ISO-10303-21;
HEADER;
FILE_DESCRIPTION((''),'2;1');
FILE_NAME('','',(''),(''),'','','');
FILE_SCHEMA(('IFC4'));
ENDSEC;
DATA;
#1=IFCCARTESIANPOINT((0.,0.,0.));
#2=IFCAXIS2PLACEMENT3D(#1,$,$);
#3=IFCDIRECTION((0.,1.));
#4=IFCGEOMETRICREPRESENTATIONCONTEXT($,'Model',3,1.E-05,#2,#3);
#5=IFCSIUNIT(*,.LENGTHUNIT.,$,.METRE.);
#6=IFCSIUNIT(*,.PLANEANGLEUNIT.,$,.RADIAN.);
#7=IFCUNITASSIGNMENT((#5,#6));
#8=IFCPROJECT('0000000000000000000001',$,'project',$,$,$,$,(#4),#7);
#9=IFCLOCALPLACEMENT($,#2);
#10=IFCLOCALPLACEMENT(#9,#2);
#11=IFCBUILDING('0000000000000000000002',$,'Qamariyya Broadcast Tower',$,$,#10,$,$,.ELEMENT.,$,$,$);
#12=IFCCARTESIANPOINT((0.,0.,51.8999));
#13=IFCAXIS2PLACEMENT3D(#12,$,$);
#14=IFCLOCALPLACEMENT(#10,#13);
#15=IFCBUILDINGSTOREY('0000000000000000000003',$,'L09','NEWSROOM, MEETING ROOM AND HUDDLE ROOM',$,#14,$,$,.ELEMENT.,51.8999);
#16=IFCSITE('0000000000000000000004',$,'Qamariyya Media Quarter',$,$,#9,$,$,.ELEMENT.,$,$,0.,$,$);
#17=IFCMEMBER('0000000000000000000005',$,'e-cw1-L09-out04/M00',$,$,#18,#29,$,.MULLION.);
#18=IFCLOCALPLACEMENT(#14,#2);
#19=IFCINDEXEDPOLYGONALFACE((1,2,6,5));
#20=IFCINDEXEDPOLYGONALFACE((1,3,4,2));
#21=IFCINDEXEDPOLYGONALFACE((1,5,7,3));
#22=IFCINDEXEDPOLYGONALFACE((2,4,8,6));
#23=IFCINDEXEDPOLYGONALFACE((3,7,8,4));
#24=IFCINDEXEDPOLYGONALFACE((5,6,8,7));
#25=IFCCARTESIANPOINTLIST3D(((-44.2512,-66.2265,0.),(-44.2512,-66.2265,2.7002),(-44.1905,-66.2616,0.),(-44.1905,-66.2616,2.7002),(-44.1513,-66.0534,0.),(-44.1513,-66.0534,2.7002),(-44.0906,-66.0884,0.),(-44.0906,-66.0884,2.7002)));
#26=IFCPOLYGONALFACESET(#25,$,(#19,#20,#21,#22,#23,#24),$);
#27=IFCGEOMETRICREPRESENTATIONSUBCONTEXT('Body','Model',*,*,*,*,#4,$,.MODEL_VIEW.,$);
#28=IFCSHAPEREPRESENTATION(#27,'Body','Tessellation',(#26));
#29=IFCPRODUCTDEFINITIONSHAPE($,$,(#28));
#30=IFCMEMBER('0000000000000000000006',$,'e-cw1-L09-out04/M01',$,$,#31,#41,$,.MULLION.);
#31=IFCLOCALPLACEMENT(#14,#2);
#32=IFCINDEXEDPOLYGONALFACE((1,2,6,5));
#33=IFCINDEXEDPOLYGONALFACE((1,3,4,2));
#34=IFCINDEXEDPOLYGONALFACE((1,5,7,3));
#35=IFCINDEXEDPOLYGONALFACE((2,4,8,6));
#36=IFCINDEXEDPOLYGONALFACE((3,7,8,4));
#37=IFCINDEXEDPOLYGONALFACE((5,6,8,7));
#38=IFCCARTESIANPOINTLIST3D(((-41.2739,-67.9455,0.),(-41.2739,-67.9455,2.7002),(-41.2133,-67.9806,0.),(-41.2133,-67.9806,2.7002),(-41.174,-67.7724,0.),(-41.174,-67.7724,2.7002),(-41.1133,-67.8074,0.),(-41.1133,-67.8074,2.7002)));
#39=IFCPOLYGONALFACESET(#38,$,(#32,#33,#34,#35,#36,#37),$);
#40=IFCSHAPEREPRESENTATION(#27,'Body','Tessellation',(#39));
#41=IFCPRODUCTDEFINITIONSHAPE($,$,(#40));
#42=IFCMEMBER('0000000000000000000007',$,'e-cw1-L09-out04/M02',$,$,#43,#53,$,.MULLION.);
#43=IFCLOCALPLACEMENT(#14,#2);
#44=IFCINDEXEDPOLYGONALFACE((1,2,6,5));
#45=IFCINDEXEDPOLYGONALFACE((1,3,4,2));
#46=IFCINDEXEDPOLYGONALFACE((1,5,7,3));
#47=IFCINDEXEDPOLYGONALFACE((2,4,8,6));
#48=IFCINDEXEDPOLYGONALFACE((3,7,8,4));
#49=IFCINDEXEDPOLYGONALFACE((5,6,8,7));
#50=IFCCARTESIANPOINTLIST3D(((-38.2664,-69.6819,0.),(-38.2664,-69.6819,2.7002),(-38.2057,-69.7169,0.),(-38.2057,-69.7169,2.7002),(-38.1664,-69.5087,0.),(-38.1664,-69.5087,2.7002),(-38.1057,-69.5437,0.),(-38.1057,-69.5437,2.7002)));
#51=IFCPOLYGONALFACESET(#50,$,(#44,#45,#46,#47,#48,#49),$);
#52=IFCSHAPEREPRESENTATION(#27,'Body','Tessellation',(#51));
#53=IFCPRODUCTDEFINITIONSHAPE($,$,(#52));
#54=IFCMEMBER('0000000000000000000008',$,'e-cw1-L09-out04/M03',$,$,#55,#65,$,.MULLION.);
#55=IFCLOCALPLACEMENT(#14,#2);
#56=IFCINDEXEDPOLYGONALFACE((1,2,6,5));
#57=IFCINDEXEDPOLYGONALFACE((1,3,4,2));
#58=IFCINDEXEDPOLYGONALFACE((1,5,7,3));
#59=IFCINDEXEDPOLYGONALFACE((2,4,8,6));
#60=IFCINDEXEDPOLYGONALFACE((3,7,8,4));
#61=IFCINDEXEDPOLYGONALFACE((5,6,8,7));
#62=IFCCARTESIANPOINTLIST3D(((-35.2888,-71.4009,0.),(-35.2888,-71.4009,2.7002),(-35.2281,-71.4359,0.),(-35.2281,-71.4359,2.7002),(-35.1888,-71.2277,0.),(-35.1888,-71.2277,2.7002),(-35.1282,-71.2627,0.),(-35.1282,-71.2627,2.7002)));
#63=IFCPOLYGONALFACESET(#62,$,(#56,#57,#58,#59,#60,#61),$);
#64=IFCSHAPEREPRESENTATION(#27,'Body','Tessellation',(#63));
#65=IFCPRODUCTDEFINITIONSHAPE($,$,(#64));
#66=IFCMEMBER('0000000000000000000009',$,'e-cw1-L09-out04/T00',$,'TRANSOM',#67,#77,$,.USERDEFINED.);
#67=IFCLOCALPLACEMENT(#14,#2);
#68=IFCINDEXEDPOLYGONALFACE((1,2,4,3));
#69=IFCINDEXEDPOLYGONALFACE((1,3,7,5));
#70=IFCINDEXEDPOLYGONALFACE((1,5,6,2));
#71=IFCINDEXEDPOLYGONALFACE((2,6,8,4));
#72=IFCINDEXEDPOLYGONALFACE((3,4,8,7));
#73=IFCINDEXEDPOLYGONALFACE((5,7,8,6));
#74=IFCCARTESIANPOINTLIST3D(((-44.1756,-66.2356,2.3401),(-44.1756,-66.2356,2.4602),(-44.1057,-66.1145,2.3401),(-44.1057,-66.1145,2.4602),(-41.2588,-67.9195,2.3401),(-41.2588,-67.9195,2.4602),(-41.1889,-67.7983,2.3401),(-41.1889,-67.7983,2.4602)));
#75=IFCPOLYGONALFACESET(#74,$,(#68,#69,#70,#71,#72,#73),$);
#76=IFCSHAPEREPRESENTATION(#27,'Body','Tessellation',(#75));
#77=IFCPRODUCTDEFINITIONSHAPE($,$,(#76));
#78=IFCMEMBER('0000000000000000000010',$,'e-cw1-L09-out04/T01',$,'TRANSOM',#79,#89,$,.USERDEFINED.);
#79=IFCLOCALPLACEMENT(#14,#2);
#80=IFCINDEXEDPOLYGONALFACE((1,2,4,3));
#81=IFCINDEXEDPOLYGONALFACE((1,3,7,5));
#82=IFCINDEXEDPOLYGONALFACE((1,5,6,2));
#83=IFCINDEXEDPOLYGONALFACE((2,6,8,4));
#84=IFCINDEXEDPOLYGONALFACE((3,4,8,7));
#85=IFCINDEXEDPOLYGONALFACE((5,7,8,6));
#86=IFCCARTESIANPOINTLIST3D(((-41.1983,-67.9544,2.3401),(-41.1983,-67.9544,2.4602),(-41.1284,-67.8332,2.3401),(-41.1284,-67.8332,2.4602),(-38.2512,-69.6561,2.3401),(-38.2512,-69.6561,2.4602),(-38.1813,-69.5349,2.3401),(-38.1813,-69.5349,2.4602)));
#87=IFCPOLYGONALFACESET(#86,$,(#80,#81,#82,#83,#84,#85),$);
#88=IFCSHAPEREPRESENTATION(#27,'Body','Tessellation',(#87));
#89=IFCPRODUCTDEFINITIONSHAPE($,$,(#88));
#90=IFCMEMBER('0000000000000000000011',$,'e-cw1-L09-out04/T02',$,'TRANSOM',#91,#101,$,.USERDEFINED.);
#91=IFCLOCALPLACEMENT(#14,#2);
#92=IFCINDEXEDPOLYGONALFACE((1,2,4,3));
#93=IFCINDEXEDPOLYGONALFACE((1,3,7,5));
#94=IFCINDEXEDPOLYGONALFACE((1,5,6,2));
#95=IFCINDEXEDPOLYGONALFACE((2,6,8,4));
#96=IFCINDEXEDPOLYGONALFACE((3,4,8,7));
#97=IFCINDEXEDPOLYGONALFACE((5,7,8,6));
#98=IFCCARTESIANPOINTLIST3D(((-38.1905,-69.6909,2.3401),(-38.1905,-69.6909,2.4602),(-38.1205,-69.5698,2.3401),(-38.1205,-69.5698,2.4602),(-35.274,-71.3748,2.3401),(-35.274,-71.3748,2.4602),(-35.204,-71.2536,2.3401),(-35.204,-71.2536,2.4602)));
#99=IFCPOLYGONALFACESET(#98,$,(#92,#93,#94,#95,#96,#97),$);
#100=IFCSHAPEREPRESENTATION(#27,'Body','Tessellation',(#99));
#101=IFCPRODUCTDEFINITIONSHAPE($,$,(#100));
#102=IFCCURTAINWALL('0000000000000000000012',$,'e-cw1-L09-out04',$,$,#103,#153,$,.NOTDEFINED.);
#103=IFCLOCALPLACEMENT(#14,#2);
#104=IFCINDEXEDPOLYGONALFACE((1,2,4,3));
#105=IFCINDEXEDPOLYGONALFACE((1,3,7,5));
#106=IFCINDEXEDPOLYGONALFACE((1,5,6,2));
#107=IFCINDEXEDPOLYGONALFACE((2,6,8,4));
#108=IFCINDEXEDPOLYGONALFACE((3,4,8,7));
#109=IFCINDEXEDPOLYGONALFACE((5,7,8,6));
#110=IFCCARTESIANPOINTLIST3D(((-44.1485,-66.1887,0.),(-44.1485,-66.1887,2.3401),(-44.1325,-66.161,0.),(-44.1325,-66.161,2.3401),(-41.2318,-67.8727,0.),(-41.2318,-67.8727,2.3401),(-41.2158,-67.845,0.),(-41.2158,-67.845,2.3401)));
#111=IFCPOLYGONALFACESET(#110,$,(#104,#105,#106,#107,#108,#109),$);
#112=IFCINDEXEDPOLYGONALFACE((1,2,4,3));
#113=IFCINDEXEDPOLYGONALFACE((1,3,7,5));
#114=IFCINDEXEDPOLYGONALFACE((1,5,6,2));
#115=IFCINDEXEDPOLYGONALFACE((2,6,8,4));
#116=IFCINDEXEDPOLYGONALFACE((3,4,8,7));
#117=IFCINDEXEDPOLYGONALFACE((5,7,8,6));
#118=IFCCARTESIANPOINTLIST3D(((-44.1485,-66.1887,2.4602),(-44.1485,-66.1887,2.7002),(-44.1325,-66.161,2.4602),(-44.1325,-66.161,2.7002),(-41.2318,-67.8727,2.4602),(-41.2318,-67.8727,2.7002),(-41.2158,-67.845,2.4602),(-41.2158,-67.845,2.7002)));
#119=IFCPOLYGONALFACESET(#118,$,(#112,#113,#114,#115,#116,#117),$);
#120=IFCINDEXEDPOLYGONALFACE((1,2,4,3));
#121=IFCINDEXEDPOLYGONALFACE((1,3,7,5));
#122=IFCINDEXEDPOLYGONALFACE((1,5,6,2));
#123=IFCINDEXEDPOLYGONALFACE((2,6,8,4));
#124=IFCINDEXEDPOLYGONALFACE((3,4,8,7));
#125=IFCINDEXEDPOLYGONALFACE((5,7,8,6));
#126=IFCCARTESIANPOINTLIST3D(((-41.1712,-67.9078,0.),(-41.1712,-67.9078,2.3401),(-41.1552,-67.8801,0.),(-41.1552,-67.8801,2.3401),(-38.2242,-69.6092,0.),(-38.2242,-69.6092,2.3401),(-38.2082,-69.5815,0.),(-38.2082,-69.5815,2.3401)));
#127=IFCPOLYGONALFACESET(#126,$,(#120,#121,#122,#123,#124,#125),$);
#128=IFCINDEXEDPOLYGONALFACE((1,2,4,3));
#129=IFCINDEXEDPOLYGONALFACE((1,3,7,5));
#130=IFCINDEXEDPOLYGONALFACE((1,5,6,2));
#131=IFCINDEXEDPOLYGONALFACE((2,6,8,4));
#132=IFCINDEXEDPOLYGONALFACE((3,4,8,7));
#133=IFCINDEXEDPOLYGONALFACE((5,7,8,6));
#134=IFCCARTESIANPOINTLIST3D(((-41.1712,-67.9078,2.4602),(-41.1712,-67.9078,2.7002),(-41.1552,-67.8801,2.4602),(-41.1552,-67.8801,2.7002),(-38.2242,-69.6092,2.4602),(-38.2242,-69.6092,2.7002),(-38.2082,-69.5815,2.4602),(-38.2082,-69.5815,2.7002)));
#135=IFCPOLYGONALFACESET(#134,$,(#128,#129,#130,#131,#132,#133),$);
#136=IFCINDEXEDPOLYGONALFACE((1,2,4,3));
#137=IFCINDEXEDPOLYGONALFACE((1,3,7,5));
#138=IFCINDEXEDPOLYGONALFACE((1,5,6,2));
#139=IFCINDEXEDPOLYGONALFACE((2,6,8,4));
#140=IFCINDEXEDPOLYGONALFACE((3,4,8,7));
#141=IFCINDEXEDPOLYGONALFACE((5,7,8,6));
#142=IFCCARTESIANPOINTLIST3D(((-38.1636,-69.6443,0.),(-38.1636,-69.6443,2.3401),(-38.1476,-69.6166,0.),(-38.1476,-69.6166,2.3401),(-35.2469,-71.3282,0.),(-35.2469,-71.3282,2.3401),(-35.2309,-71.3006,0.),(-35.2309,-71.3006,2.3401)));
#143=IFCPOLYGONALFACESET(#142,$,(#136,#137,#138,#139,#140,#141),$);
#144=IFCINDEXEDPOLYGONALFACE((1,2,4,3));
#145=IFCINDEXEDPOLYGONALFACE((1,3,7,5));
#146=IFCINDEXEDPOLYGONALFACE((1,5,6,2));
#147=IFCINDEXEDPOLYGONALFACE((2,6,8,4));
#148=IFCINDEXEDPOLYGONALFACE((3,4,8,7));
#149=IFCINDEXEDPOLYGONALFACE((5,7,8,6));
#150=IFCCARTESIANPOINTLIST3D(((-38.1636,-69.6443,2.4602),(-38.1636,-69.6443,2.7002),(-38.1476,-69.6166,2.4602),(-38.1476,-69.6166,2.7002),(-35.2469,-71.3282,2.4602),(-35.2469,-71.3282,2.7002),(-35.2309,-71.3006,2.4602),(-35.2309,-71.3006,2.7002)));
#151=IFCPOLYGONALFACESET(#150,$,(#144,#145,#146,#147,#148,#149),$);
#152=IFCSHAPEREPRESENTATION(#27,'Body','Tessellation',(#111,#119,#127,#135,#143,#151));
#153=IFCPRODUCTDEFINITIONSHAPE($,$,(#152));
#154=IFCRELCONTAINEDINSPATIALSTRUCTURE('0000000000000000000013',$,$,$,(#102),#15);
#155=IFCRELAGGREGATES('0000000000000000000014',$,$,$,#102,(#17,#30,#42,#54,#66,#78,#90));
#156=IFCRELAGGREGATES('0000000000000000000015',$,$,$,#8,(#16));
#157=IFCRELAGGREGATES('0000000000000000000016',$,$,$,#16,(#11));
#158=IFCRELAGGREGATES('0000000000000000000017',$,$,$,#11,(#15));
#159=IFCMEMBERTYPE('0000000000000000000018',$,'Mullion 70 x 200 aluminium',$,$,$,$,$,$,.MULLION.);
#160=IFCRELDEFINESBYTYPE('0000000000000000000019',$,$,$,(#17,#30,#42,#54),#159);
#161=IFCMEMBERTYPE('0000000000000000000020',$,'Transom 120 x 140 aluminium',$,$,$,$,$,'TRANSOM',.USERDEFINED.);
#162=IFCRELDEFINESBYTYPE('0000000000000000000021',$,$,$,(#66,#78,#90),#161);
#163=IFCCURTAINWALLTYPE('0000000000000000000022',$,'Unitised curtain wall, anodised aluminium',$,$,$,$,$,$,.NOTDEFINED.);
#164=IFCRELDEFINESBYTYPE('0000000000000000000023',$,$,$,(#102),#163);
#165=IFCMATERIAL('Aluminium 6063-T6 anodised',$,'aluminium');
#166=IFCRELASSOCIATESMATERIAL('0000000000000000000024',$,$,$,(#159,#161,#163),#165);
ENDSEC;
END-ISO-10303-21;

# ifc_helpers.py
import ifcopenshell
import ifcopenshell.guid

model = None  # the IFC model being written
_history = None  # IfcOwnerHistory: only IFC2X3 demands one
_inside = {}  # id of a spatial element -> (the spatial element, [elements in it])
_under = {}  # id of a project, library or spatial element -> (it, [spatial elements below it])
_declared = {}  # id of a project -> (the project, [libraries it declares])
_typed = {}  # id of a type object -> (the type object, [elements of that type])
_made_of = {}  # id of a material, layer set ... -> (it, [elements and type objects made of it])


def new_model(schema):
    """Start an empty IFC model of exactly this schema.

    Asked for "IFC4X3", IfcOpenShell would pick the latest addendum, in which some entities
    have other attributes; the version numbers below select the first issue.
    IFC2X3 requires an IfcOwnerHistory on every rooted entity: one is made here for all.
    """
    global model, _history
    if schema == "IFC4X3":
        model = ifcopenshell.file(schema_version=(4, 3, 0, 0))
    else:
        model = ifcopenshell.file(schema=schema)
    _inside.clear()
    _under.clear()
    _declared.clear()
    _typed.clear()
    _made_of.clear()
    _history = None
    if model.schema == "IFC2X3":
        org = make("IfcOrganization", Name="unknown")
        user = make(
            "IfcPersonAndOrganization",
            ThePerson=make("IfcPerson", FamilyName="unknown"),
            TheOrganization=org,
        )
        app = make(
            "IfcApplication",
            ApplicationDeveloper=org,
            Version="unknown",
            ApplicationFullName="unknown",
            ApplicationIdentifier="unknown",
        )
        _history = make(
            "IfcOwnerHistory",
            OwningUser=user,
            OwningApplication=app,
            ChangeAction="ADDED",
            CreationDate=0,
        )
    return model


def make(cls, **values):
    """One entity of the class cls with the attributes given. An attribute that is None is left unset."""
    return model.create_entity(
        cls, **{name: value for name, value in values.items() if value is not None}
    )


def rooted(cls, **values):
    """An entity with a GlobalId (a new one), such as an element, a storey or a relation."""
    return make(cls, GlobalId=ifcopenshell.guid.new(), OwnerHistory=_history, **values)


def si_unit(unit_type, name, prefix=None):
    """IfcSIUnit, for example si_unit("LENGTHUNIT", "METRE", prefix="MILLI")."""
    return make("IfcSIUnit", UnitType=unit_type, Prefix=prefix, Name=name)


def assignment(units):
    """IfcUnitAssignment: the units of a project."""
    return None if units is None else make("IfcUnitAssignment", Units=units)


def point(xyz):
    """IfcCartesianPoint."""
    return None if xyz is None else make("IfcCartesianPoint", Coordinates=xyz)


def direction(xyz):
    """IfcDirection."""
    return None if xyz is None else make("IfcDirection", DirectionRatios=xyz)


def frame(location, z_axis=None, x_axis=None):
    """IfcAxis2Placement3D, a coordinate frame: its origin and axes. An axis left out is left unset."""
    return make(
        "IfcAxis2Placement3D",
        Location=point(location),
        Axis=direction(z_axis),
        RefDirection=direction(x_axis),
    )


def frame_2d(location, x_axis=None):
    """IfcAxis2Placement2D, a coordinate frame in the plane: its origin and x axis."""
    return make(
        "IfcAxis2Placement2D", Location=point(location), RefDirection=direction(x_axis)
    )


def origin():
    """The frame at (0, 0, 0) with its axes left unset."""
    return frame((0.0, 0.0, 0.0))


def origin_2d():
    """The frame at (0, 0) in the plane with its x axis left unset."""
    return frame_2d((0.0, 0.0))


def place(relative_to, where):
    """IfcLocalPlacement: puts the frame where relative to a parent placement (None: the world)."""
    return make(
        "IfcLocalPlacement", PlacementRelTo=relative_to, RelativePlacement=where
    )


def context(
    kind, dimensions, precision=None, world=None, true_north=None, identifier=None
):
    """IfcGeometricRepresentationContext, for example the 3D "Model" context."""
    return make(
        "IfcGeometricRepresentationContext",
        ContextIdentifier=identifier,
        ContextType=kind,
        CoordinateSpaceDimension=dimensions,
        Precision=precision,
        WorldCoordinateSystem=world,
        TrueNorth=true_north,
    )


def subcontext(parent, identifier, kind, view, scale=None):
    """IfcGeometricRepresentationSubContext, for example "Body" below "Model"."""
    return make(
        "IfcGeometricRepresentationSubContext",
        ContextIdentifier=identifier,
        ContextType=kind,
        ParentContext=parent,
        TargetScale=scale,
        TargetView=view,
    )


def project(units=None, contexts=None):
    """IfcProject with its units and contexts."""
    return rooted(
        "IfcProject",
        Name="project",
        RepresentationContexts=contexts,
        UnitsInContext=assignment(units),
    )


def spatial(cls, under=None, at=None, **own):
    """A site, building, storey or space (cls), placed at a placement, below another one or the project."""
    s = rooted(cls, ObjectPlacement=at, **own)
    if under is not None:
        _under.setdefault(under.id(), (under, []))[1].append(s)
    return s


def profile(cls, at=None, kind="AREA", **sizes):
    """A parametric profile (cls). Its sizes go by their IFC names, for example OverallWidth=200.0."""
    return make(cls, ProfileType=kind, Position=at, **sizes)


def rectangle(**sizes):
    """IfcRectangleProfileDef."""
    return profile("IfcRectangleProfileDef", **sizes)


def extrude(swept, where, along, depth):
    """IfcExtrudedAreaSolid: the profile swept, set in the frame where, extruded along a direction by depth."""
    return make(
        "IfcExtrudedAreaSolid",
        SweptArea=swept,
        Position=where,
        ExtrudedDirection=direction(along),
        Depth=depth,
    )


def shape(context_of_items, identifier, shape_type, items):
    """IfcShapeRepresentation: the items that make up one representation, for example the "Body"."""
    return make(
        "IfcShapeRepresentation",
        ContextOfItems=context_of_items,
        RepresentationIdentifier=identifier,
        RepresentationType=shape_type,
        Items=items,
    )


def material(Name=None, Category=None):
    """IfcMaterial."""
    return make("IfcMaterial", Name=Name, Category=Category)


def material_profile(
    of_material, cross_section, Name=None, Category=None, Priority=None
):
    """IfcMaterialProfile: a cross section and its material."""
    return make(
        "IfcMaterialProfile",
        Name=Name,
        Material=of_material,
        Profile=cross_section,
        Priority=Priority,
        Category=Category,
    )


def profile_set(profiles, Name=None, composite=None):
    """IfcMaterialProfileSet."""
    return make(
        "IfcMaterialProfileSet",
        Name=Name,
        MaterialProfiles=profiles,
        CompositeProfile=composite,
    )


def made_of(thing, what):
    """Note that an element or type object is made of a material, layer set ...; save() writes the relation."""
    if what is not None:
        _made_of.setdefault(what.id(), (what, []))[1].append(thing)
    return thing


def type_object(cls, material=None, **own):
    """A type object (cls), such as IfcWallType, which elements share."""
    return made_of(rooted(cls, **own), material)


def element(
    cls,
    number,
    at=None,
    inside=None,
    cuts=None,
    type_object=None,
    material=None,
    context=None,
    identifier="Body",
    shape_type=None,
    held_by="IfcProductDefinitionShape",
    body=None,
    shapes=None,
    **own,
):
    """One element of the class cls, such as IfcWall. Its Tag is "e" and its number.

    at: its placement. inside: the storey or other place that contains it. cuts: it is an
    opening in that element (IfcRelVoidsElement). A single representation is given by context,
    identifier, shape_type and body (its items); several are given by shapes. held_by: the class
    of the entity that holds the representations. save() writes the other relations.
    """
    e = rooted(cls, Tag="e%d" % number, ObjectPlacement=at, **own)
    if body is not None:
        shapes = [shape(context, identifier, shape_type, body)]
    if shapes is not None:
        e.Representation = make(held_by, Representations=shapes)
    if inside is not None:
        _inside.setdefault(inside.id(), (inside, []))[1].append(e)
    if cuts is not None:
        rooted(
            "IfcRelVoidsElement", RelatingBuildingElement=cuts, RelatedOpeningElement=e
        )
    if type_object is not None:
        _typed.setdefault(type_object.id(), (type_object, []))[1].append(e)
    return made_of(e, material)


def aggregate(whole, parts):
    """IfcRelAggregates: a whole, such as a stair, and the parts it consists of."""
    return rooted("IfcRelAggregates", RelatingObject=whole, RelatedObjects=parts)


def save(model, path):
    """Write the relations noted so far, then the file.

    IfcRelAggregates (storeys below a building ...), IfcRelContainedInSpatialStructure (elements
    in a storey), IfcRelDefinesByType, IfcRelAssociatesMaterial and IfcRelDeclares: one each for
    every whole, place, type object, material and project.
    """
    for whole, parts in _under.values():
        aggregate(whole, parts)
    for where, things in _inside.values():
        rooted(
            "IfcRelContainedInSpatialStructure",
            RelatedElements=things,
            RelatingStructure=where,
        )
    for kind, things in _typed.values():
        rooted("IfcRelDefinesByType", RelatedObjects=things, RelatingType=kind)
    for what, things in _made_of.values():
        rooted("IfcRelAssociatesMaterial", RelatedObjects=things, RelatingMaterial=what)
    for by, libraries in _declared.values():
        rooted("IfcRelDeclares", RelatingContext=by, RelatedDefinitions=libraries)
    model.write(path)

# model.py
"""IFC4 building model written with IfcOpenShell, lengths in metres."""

from ifc_helpers import new_model, si_unit, direction, frame, origin, origin_2d, place, context, subcontext, project, spatial, rectangle, extrude, material, material_profile, profile_set, type_object, element, aggregate, save


model = new_model("IFC4")

# Units and contexts
model_context = context("Model", 3, precision=1e-05, world=origin(), true_north=direction((0.0, 1.0)))
body_context = subcontext(model_context, "Body", "Model", "MODEL_VIEW")
ifc_project = project(units=[si_unit("LENGTHUNIT", "METRE"), si_unit("PLANEANGLEUNIT", "RADIAN")], contexts=[model_context])

# Members
ifc_material = material(Name="Aluminium 6063-T6 anodised", Category="aluminium")
ifc_material_profile_1 = material_profile(ifc_material, rectangle(XDim=0.2, YDim=0.0701, at=origin_2d()))
ifc_profile_set_1 = profile_set([ifc_material_profile_1], Name="Aluminium 6063-T6 anodised")
member_type_1 = type_object("IfcMemberType", Name="Mullion 70 x 200 aluminium", PredefinedType="MULLION", material=ifc_profile_set_1)
site_placement = place(None, origin())
building_placement = place(site_placement, origin())
storey_placement = place(building_placement, frame((0.0, 0.0, 51.8999)))
member_1_placement = place(storey_placement, frame((-44.1709, -66.1575, 0.0), z_axis=(0.0, 0.0, 1.0), x_axis=(0.5, 0.866025, 0.0)))
member_1 = element("IfcMember", 1, at=member_1_placement, type_object=member_type_1, Name="e-cw1-L09-out04/M00", PredefinedType="MULLION", context=body_context, shape_type="SweptSolid", body=[
    extrude(rectangle(XDim=0.2, YDim=0.0701, at=origin_2d()), origin(), (0.0, 0.0, 1.0), 2.7002),
])
member_2_placement = place(storey_placement, frame((-41.1936, -67.8765, 0.0), z_axis=(0.0, 0.0, 1.0), x_axis=(0.5, 0.866025, 0.0)))
member_2 = element("IfcMember", 2, at=member_2_placement, type_object=member_type_1, Name="e-cw1-L09-out04/M01", PredefinedType="MULLION", context=body_context, shape_type="SweptSolid", body=[
    extrude(rectangle(XDim=0.2, YDim=0.0701, at=origin_2d()), origin(), (0.0, 0.0, 1.0), 2.7002),
])
member_3_placement = place(storey_placement, frame((-38.186, -69.6128, 0.0), z_axis=(0.0, 0.0, 1.0), x_axis=(0.5, 0.866025, 0.0)))
member_3 = element("IfcMember", 3, at=member_3_placement, type_object=member_type_1, Name="e-cw1-L09-out04/M02", PredefinedType="MULLION", context=body_context, shape_type="SweptSolid", body=[
    extrude(rectangle(XDim=0.2, YDim=0.0701, at=origin_2d()), origin(), (0.0, 0.0, 1.0), 2.7002),
])
member_4_placement = place(storey_placement, frame((-35.2085, -71.3318, 0.0), z_axis=(0.0, 0.0, 1.0), x_axis=(0.5, 0.866025, 0.0)))
member_4 = element("IfcMember", 4, at=member_4_placement, type_object=member_type_1, Name="e-cw1-L09-out04/M03", PredefinedType="MULLION", context=body_context, shape_type="SweptSolid", body=[
    extrude(rectangle(XDim=0.2, YDim=0.0701, at=origin_2d()), origin(), (0.0, 0.0, 1.0), 2.7002),
])
ifc_material_profile_2 = material_profile(ifc_material, rectangle(XDim=0.1399, YDim=0.1201, at=origin_2d()))
ifc_profile_set_2 = profile_set([ifc_material_profile_2], Name="Aluminium 6063-T6 anodised")
member_type_2 = type_object("IfcMemberType", Name="Transom 120 x 140 aluminium", ElementType="TRANSOM", PredefinedType="USERDEFINED", material=ifc_profile_set_2)
member_5_placement = place(storey_placement, frame((-44.1406, -66.175, 2.4001), z_axis=(0.866044, -0.499967, 0.0), x_axis=(0.499967, 0.866044, 0.0)))
member_5 = element("IfcMember", 5, at=member_5_placement, type_object=member_type_2, Name="e-cw1-L09-out04/T00", ObjectType="TRANSOM", PredefinedType="USERDEFINED", context=body_context, shape_type="SweptSolid", body=[
    extrude(rectangle(XDim=0.1399, YDim=0.1201, at=origin_2d()), origin(), (0.0, 0.0, 1.0), 3.3679),
])
member_6_placement = place(storey_placement, frame((-41.1633, -67.8938, 2.4001), z_axis=(0.866, -0.500043, 0.0), x_axis=(0.500043, 0.866, 0.0)))
member_6 = element("IfcMember", 6, at=member_6_placement, type_object=member_type_2, Name="e-cw1-L09-out04/T01", ObjectType="TRANSOM", PredefinedType="USERDEFINED", context=body_context, shape_type="SweptSolid", body=[
    extrude(rectangle(XDim=0.1399, YDim=0.1201, at=origin_2d()), origin(), (0.0, 0.0, 1.0), 3.4031),
])
member_7_placement = place(storey_placement, frame((-38.1555, -69.6304, 2.4001), z_axis=(0.866026, -0.499999, 0.0), x_axis=(0.499999, 0.866026, 0.0)))
member_7 = element("IfcMember", 7, at=member_7_placement, type_object=member_type_2, Name="e-cw1-L09-out04/T02", ObjectType="TRANSOM", PredefinedType="USERDEFINED", context=body_context, shape_type="SweptSolid", body=[
    extrude(rectangle(XDim=0.1399, YDim=0.1201, at=origin_2d()), origin(), (0.0, 0.0, 1.0), 3.3677),
])

# Site, building, storey
site = spatial("IfcSite", under=ifc_project, at=site_placement, Name="Qamariyya Media Quarter", CompositionType="ELEMENT", RefElevation=0.0)
building = spatial("IfcBuilding", under=site, at=building_placement, Name="Qamariyya Broadcast Tower", CompositionType="ELEMENT")
storey = spatial("IfcBuildingStorey", under=building, at=storey_placement, Name="L09", Description="NEWSROOM, MEETING ROOM AND HUDDLE ROOM", CompositionType="ELEMENT", Elevation=51.8999)

# Curtain wall
curtain_wall_type = type_object("IfcCurtainWallType", Name="Unitised curtain wall, anodised aluminium", PredefinedType="NOTDEFINED", material=ifc_material)
curtain_wall_1_placement = place(storey_placement, origin())
curtain_wall_1 = element("IfcCurtainWall", 8, at=curtain_wall_1_placement, inside=storey, type_object=curtain_wall_type, Name="e-cw1-L09-out04", PredefinedType="NOTDEFINED", context=body_context, shape_type="SweptSolid", body=[
    extrude(rectangle(XDim=3.3679, YDim=0.032, at=origin_2d()), frame((-42.6821, -67.0168, 0.0), x_axis=(0.866022, -0.500005, 0.0)), (0.0, 0.0, 1.0), 2.3401),
    extrude(rectangle(XDim=3.3679, YDim=0.032, at=origin_2d()), frame((-42.6821, -67.0168, 2.4602), x_axis=(0.866022, -0.500005, 0.0)), (0.0, 0.0, 1.0), 0.24),
    extrude(rectangle(XDim=3.4028, YDim=0.032, at=origin_2d()), frame((-39.6897, -68.7446, 0.0), x_axis=(0.866022, -0.500005, 0.0)), (0.0, 0.0, 1.0), 2.3401),
    extrude(rectangle(XDim=3.4028, YDim=0.032, at=origin_2d()), frame((-39.6897, -68.7446, 2.4602), x_axis=(0.866022, -0.500005, 0.0)), (0.0, 0.0, 1.0), 0.24),
    extrude(rectangle(XDim=3.3679, YDim=0.032, at=origin_2d()), frame((-36.6973, -70.4724, 0.0), x_axis=(0.866022, -0.500005, 0.0)), (0.0, 0.0, 1.0), 2.3401),
    extrude(rectangle(XDim=3.3679, YDim=0.032, at=origin_2d()), frame((-36.6973, -70.4724, 2.4602), x_axis=(0.866022, -0.500005, 0.0)), (0.0, 0.0, 1.0), 0.24),
])
aggregate(curtain_wall_1, [member_1, member_2, member_3, member_4, member_5, member_6, member_7])

save(model, "model.ifc")
